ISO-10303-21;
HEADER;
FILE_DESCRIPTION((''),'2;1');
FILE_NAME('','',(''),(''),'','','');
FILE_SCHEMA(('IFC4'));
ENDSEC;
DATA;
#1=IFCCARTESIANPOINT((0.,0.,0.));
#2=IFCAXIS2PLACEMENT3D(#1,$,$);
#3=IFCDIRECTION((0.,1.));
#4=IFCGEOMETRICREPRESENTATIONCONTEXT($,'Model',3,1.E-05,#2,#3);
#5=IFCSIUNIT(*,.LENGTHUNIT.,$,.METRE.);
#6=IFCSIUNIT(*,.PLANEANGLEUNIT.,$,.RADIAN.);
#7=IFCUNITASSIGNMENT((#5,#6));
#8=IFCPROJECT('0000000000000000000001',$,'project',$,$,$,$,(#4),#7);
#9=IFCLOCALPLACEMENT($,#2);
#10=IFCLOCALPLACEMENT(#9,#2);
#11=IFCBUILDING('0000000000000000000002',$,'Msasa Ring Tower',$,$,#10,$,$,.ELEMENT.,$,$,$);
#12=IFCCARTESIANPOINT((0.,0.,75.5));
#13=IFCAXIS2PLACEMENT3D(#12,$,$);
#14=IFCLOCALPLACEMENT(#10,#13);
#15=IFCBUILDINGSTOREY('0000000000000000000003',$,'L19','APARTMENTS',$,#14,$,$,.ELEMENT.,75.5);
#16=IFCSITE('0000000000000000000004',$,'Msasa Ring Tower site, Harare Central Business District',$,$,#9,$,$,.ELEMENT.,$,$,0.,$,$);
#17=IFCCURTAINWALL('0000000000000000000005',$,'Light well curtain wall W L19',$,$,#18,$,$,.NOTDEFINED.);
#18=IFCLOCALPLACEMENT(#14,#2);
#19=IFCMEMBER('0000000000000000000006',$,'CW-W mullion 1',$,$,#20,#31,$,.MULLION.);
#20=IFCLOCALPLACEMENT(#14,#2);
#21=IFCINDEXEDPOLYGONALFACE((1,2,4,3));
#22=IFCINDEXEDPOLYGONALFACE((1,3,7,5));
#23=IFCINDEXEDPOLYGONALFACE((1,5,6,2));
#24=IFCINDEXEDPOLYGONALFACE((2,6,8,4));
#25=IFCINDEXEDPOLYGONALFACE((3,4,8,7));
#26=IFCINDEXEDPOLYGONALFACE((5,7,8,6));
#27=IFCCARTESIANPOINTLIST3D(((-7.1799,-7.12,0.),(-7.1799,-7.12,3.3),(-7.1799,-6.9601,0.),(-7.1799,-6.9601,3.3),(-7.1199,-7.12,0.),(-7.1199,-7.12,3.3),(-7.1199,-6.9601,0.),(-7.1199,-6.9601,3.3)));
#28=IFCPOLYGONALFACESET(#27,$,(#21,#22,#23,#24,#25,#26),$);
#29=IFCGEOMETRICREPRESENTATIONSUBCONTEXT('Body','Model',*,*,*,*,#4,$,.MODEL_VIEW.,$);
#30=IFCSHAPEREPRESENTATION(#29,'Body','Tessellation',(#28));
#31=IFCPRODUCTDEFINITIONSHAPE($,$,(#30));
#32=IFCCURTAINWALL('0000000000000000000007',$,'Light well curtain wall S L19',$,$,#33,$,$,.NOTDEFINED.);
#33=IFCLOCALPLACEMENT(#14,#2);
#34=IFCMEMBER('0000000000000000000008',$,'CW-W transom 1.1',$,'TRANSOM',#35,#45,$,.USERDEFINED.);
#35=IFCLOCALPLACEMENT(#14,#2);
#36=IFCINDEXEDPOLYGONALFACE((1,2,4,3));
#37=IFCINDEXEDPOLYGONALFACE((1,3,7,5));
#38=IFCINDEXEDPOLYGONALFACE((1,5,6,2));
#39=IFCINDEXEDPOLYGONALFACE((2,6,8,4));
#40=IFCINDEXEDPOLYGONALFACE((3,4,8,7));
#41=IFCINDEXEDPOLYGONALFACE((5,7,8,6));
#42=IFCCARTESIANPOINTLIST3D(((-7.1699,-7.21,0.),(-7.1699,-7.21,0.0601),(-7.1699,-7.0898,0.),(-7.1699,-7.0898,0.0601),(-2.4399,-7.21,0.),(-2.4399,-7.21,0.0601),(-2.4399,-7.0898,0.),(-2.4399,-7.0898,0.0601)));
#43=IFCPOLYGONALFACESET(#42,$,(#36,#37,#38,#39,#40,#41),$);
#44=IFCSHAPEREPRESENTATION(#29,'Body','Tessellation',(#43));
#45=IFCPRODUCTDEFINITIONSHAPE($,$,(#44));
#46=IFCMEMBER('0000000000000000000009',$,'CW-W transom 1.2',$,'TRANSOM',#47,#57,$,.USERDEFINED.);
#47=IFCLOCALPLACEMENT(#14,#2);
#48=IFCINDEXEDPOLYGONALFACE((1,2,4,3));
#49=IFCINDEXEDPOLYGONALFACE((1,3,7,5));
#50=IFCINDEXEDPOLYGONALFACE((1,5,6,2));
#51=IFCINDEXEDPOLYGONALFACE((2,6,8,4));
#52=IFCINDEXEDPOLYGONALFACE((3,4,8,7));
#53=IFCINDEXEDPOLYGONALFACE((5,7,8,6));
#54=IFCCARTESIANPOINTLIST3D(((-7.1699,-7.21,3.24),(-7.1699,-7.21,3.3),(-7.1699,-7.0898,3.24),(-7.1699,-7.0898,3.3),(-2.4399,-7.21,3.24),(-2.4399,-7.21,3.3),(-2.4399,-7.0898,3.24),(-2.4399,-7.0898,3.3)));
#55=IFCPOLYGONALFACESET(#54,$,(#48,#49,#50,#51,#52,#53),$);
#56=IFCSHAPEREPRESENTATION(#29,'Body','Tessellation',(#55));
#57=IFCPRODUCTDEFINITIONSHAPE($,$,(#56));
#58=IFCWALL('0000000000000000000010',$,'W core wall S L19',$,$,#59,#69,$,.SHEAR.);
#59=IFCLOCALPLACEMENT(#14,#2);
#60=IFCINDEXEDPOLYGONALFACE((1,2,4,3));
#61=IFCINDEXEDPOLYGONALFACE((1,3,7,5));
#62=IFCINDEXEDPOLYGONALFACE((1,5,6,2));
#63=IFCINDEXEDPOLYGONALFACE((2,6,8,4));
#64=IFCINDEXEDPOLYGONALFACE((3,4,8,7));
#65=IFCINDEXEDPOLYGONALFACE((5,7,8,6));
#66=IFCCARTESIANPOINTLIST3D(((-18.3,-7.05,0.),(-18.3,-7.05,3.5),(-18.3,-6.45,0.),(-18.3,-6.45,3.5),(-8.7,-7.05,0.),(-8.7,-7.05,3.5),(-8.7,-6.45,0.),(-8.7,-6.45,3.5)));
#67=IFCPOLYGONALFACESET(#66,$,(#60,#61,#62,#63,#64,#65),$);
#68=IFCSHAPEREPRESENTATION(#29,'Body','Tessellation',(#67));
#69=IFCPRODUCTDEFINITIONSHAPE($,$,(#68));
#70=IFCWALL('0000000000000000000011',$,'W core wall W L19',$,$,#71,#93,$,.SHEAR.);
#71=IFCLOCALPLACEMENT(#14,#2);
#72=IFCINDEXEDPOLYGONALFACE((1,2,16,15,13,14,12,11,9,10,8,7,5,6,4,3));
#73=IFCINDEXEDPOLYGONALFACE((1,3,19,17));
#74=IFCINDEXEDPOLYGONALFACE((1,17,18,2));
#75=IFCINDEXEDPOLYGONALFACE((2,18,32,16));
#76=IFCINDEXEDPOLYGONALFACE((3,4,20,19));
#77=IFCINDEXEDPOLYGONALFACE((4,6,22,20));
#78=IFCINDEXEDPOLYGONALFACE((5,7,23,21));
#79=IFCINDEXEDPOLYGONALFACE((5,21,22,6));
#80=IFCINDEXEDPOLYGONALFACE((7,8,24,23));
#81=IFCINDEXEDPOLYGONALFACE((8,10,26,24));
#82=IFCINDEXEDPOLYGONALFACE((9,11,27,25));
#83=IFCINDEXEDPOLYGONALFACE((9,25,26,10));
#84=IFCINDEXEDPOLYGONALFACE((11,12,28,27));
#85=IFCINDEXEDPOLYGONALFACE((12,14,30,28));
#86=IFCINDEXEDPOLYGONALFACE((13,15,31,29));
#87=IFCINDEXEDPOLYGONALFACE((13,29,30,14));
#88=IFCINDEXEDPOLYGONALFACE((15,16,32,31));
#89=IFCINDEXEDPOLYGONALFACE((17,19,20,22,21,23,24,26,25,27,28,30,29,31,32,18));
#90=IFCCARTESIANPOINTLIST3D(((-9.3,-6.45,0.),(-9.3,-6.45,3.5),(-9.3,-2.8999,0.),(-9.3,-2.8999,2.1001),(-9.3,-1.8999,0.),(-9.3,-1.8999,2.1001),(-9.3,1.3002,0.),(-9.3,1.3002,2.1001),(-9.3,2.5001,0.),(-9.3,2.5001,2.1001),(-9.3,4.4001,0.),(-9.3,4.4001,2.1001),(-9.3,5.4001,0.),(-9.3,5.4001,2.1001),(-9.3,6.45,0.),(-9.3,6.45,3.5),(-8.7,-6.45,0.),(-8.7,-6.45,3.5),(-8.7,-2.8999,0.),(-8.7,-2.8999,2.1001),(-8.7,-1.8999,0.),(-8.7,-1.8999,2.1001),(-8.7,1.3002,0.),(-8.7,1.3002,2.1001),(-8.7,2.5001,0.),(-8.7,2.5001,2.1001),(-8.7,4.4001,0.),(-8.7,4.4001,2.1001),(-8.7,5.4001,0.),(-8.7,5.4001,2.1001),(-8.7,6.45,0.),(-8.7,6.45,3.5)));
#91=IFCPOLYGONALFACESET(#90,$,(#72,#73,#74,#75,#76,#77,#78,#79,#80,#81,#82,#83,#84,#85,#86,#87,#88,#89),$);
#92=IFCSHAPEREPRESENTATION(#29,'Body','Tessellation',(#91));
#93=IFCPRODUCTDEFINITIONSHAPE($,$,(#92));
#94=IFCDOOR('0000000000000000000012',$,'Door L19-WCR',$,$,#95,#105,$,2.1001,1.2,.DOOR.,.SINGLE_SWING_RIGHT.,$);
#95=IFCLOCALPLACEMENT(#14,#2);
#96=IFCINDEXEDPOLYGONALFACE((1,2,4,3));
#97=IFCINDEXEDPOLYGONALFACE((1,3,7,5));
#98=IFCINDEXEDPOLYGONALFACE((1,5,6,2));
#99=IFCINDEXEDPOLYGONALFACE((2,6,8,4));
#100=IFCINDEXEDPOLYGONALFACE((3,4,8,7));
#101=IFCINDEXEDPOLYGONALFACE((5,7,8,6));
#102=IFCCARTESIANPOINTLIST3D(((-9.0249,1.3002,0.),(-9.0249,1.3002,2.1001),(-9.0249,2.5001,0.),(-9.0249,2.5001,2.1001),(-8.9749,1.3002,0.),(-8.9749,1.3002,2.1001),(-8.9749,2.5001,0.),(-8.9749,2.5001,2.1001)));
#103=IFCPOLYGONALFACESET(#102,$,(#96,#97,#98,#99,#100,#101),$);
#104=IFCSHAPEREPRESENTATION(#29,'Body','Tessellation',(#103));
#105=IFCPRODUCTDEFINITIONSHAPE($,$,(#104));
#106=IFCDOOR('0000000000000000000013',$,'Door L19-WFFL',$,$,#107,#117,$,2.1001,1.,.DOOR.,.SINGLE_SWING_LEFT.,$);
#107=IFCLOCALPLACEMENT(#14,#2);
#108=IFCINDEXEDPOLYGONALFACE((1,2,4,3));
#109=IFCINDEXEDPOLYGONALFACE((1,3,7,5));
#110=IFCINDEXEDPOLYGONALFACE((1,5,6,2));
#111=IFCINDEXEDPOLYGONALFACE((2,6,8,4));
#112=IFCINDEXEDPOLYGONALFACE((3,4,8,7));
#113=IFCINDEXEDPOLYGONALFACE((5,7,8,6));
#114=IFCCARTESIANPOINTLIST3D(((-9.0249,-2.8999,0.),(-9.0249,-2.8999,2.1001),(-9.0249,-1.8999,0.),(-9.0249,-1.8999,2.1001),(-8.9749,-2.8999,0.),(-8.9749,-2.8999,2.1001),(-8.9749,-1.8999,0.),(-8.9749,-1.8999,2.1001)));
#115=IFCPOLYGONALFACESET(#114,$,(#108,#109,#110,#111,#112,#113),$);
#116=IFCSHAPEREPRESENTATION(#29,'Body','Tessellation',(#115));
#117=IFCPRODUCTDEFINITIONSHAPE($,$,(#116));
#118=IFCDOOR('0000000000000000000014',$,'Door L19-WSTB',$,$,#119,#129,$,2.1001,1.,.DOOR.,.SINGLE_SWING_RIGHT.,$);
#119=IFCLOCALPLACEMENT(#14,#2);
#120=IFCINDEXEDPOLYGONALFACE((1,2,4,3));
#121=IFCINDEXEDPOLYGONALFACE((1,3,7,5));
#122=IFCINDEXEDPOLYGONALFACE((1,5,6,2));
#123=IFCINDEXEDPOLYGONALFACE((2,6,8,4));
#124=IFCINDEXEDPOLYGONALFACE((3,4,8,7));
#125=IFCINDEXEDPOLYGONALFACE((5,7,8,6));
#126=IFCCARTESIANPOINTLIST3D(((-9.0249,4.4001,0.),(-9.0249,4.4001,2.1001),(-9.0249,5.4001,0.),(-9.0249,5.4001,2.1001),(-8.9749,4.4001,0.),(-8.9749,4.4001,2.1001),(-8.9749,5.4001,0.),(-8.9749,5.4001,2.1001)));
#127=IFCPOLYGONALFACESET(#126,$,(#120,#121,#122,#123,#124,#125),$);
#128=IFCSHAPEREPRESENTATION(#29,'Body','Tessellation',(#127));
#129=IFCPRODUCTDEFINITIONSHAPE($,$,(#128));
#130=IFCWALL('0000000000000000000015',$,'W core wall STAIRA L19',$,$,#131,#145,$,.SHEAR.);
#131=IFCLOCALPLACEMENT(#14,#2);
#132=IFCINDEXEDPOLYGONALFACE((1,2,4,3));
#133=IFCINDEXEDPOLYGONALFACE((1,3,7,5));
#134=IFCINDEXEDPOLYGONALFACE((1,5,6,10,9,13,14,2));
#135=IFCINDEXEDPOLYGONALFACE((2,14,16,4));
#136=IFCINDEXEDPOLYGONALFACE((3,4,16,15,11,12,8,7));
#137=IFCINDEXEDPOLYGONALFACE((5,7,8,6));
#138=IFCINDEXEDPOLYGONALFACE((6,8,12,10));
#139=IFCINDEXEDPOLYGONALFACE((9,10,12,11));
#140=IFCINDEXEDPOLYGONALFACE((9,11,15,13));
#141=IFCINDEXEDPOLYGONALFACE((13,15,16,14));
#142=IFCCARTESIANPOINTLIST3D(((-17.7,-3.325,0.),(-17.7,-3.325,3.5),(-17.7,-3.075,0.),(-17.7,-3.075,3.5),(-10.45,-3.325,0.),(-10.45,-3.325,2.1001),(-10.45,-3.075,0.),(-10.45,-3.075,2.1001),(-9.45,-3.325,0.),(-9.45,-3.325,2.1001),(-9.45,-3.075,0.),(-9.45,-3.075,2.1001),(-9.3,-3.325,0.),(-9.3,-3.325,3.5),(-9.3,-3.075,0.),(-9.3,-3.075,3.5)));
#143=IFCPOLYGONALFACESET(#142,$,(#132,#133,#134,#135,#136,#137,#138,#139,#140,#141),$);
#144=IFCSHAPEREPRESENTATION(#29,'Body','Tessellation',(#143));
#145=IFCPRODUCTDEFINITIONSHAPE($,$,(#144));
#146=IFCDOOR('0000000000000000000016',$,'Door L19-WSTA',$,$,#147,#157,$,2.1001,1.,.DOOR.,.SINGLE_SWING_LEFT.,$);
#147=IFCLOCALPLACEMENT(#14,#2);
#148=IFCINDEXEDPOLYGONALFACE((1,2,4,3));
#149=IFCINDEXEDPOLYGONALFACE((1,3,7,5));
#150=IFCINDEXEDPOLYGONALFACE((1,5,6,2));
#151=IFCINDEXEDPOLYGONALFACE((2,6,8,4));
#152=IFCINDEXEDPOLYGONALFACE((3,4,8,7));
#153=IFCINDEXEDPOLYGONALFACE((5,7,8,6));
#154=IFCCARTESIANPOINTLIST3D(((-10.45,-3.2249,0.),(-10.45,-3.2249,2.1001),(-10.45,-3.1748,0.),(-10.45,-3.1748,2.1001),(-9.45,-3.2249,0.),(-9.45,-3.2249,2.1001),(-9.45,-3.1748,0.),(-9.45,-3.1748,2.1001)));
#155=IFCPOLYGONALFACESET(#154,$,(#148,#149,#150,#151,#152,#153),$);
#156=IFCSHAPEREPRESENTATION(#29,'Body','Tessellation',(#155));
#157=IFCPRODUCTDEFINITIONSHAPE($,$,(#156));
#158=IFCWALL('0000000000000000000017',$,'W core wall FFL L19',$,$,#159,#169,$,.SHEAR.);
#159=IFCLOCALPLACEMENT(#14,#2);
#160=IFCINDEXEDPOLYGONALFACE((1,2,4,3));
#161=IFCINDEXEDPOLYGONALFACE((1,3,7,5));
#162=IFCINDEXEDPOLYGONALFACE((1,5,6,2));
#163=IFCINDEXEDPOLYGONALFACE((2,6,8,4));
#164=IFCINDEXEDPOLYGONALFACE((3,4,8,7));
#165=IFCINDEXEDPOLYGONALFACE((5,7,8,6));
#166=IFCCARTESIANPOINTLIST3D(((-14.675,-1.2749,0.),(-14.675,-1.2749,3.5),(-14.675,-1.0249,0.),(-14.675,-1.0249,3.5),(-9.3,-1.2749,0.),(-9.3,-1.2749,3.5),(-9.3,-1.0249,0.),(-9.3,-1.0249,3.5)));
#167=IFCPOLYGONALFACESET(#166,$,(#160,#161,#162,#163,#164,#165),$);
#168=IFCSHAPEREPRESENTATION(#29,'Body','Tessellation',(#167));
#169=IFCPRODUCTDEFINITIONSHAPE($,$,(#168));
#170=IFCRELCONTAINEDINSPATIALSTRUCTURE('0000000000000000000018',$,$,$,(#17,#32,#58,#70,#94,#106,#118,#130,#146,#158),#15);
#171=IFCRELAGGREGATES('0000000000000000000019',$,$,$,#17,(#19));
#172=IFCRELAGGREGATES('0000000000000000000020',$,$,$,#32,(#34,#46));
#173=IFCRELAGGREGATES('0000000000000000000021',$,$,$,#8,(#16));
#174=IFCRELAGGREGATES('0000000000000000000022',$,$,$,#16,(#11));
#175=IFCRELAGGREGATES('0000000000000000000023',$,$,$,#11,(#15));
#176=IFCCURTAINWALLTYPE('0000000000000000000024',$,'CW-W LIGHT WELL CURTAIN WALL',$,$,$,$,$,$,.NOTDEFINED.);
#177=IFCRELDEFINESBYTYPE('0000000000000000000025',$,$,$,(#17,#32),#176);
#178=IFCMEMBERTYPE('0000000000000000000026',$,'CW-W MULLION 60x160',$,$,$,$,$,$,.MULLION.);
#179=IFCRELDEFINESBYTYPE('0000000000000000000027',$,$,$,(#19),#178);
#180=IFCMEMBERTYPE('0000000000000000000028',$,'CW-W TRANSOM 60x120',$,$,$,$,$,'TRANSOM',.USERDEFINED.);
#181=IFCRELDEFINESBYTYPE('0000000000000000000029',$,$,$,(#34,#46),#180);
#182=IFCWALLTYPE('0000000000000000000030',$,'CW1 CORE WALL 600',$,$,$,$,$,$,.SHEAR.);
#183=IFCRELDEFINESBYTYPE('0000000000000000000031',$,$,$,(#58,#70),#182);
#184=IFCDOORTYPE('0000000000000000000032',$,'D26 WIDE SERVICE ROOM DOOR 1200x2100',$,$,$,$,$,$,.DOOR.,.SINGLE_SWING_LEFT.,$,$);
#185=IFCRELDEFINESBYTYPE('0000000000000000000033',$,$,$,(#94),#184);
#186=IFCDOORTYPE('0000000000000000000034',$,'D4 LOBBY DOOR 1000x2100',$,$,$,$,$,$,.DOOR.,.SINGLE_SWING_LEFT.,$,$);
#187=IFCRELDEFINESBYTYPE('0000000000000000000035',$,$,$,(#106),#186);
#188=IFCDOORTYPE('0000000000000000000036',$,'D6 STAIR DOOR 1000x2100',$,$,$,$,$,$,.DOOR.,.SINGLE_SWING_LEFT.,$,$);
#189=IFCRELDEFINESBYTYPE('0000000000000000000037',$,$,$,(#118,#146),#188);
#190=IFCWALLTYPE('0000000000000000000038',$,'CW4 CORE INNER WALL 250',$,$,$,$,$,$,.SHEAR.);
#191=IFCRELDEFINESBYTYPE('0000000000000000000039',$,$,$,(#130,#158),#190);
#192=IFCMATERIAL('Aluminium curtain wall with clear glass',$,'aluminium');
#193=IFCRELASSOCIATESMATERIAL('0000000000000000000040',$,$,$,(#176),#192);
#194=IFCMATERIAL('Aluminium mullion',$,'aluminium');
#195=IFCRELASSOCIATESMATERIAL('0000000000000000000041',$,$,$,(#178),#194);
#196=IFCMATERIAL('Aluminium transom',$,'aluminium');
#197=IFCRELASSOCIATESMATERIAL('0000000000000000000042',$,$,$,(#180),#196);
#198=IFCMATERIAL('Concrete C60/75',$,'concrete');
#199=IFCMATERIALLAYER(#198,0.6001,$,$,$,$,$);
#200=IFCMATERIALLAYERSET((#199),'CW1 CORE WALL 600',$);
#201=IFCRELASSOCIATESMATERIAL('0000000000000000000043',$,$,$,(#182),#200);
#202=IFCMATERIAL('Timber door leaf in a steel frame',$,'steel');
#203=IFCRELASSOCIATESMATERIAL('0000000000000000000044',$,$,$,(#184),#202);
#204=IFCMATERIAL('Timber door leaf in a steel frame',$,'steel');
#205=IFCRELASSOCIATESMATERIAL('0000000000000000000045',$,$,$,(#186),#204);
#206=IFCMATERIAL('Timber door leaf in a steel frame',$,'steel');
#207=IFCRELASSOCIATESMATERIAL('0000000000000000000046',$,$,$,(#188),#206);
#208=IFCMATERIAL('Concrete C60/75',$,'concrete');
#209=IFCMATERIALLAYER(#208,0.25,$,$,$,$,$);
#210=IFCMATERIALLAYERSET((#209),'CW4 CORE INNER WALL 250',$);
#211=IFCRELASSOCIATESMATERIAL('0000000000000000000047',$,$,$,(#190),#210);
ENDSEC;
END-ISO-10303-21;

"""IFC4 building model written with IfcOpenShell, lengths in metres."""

from ifc_helpers import new_model, si_unit, direction, frame, frame_2d, origin, origin_2d, place, context, subcontext, project, spatial, rectangle, extrude, material, layer, layer_set, material_profile, profile_set, type_object, element, fill, aggregate, save


model = new_model("IFC4")

# Units and contexts
model_context = context("Model", 3, precision=1e-05, world=origin(), true_north=direction((0.0, 1.0)))
body_context = subcontext(model_context, "Body", "Model", "MODEL_VIEW")
ifc_project = project(units=[si_unit("LENGTHUNIT", "METRE"), si_unit("PLANEANGLEUNIT", "RADIAN")], contexts=[model_context])

# Site, building, storey
site_placement = place(None, origin())
site = spatial("IfcSite", under=ifc_project, at=site_placement, Name="Msasa Ring Tower site, Harare Central Business District", CompositionType="ELEMENT", RefElevation=0.0)
building_placement = place(site_placement, origin())
building = spatial("IfcBuilding", under=site, at=building_placement, Name="Msasa Ring Tower", CompositionType="ELEMENT")
storey_placement = place(building_placement, frame((0.0, 0.0, 75.5)))
storey = spatial("IfcBuildingStorey", under=building, at=storey_placement, Name="L19", Description="APARTMENTS", CompositionType="ELEMENT", Elevation=75.5)

# Curtain wall, member
ifc_material_1 = material(Name="Aluminium curtain wall with clear glass", Category="aluminium")
curtain_wall_type = type_object("IfcCurtainWallType", Name="CW-W LIGHT WELL CURTAIN WALL", PredefinedType="NOTDEFINED", material=ifc_material_1)
curtain_wall_1_placement = place(storey_placement, origin())
curtain_wall_1 = element("IfcCurtainWall", 1, at=curtain_wall_1_placement, inside=storey, type_object=curtain_wall_type, Name="Light well curtain wall W L19", PredefinedType="NOTDEFINED")
ifc_material_2 = material(Name="Aluminium mullion", Category="aluminium")
ifc_material_profile_1 = material_profile(ifc_material_2, rectangle(XDim=0.0601, YDim=0.1599, at=origin_2d()), Name="AL 60x160")
ifc_profile_set_1 = profile_set([ifc_material_profile_1], Name="Aluminium mullion")
member_type_1 = type_object("IfcMemberType", Name="CW-W MULLION 60x160", PredefinedType="MULLION", material=ifc_profile_set_1)
member_1_placement = place(storey_placement, frame((-7.1499, -7.04, 0.0), z_axis=(0.0, 0.0, 1.0), x_axis=(-1.0, 0.0, 0.0)))
member_1 = element("IfcMember", 2, at=member_1_placement, type_object=member_type_1, Name="CW-W mullion 1", PredefinedType="MULLION", context=body_context, shape_type="SweptSolid", body=[
    extrude(rectangle(XDim=0.0601, YDim=0.1599, at=origin_2d()), origin(), (0.0, 0.0, 1.0), 3.3),
])
aggregate(curtain_wall_1, [member_1])

# Curtain wall, members
curtain_wall_2_placement = place(storey_placement, origin())
curtain_wall_2 = element("IfcCurtainWall", 3, at=curtain_wall_2_placement, inside=storey, type_object=curtain_wall_type, Name="Light well curtain wall S L19", PredefinedType="NOTDEFINED")
ifc_material_3 = material(Name="Aluminium transom", Category="aluminium")
ifc_material_profile_2 = material_profile(ifc_material_3, rectangle(XDim=0.1201, YDim=0.0601, at=origin_2d()), Name="AL 60x120")
ifc_profile_set_2 = profile_set([ifc_material_profile_2], Name="Aluminium transom")
member_type_2 = type_object("IfcMemberType", Name="CW-W TRANSOM 60x120", ElementType="TRANSOM", PredefinedType="USERDEFINED", material=ifc_profile_set_2)
member_2_placement = place(storey_placement, frame((-7.1699, -7.1499, 0.03), z_axis=(1.0, 0.0, 0.0), x_axis=(0.0, 1.0, 0.0)))
member_2 = element("IfcMember", 4, at=member_2_placement, type_object=member_type_2, Name="CW-W transom 1.1", ObjectType="TRANSOM", PredefinedType="USERDEFINED", context=body_context, shape_type="SweptSolid", body=[
    extrude(rectangle(XDim=0.1201, YDim=0.0601, at=origin_2d()), origin(), (0.0, 0.0, 1.0), 4.73),
])
member_3_placement = place(storey_placement, frame((-7.1699, -7.1499, 3.27), z_axis=(1.0, 0.0, 0.0), x_axis=(0.0, 1.0, 0.0)))
member_3 = element("IfcMember", 5, at=member_3_placement, type_object=member_type_2, Name="CW-W transom 1.2", ObjectType="TRANSOM", PredefinedType="USERDEFINED", context=body_context, shape_type="SweptSolid", body=[
    extrude(rectangle(XDim=0.1201, YDim=0.0601, at=origin_2d()), origin(), (0.0, 0.0, 1.0), 4.73),
])
aggregate(curtain_wall_2, [member_2, member_3])

# Wall
ifc_material_4 = material(Name="Concrete C60/75", Category="concrete")
ifc_layer_1 = layer(ifc_material_4, 0.6001)
ifc_layer_set_1 = layer_set([ifc_layer_1], Name="CW1 CORE WALL 600")
wall_type_1 = type_object("IfcWallType", Name="CW1 CORE WALL 600", PredefinedType="SHEAR", material=ifc_layer_set_1)
wall_1_placement = place(storey_placement, frame((-8.7, -6.75, 0.0), z_axis=(0.0, 0.0, 1.0), x_axis=(-1.0, 0.0, 0.0)))
element("IfcWall", 6, at=wall_1_placement, inside=storey, type_object=wall_type_1, Name="W core wall S L19", PredefinedType="SHEAR", context=body_context, shape_type="SweptSolid", body=[
    extrude(rectangle(XDim=9.6001, YDim=0.6001, at=frame_2d((4.8, 0.0))), origin(), (0.0, 0.0, 1.0), 3.5),
])

# Wall, openings, doors
wall_2_placement = place(storey_placement, frame((-9.0, -6.45, 0.0), z_axis=(0.0, 0.0, 1.0), x_axis=(0.0, 1.0, 0.0)))
wall_2 = element("IfcWall", 7, at=wall_2_placement, inside=storey, type_object=wall_type_1, Name="W core wall W L19", PredefinedType="SHEAR", context=body_context, shape_type="SweptSolid", body=[
    extrude(rectangle(XDim=12.8999, YDim=0.6001, at=frame_2d((6.45, 0.0))), origin(), (0.0, 0.0, 1.0), 3.5),
])
opening_1_placement = place(wall_2_placement, frame((3.55, 0.0, 0.0)))
opening_1 = element("IfcOpeningElement", 8, at=opening_1_placement, cuts=wall_2, PredefinedType="OPENING", context=body_context, shape_type="SweptSolid", body=[
    extrude(rectangle(XDim=1.0, YDim=2.1001, at=frame_2d((0.5, 1.05))), frame((0.0, 0.3101, 0.0), z_axis=(0.0, -1.0, 0.0), x_axis=(1.0, 0.0, 0.0)), (0.0, 0.0, 1.0), 0.6201),
])
opening_2_placement = place(wall_2_placement, frame((7.75, 0.0, 0.0)))
opening_2 = element("IfcOpeningElement", 9, at=opening_2_placement, cuts=wall_2, PredefinedType="OPENING", context=body_context, shape_type="SweptSolid", body=[
    extrude(rectangle(XDim=1.2, YDim=2.1001, at=frame_2d((0.6001, 1.05))), frame((0.0, 0.3101, 0.0), z_axis=(0.0, -1.0, 0.0), x_axis=(1.0, 0.0, 0.0)), (0.0, 0.0, 1.0), 0.6201),
])
opening_3_placement = place(wall_2_placement, frame((10.8501, 0.0, 0.0)))
opening_3 = element("IfcOpeningElement", 10, at=opening_3_placement, cuts=wall_2, PredefinedType="OPENING", context=body_context, shape_type="SweptSolid", body=[
    extrude(rectangle(XDim=1.0, YDim=2.1001, at=frame_2d((0.5, 1.05))), frame((0.0, 0.3101, 0.0), z_axis=(0.0, -1.0, 0.0), x_axis=(1.0, 0.0, 0.0)), (0.0, 0.0, 1.0), 0.6201),
])
ifc_material_5 = material(Name="Timber door leaf in a steel frame", Category="steel")
door_type_1 = type_object("IfcDoorType", Name="D26 WIDE SERVICE ROOM DOOR 1200x2100", OperationType="SINGLE_SWING_LEFT", PredefinedType="DOOR", material=ifc_material_5)
door_1_placement = place(opening_2_placement, origin())
door_1 = element("IfcDoor", 11, at=door_1_placement, inside=storey, type_object=door_type_1, Name="Door L19-WCR", OperationType="SINGLE_SWING_RIGHT", OverallHeight=2.1001, OverallWidth=1.2, PredefinedType="DOOR", context=body_context, shape_type="SweptSolid", body=[
    extrude(rectangle(XDim=1.2, YDim=2.1001, at=frame_2d((0.6001, 1.05))), frame((0.0, 0.0249, 0.0), z_axis=(0.0, -1.0, 0.0), x_axis=(1.0, 0.0, 0.0)), (0.0, 0.0, 1.0), 0.05),
])
fill(opening_2, door_1)
ifc_material_6 = material(Name="Timber door leaf in a steel frame", Category="steel")
door_type_2 = type_object("IfcDoorType", Name="D4 LOBBY DOOR 1000x2100", OperationType="SINGLE_SWING_LEFT", PredefinedType="DOOR", material=ifc_material_6)
door_2_placement = place(opening_1_placement, origin())
door_2 = element("IfcDoor", 12, at=door_2_placement, inside=storey, type_object=door_type_2, Name="Door L19-WFFL", OperationType="SINGLE_SWING_LEFT", OverallHeight=2.1001, OverallWidth=1.0, PredefinedType="DOOR", context=body_context, shape_type="SweptSolid", body=[
    extrude(rectangle(XDim=1.0, YDim=2.1001, at=frame_2d((0.5, 1.05))), frame((0.0, 0.0249, 0.0), z_axis=(0.0, -1.0, 0.0), x_axis=(1.0, 0.0, 0.0)), (0.0, 0.0, 1.0), 0.05),
])
fill(opening_1, door_2)
ifc_material_7 = material(Name="Timber door leaf in a steel frame", Category="steel")
door_type_3 = type_object("IfcDoorType", Name="D6 STAIR DOOR 1000x2100", OperationType="SINGLE_SWING_LEFT", PredefinedType="DOOR", material=ifc_material_7)
door_3_placement = place(opening_3_placement, origin())
door_3 = element("IfcDoor", 13, at=door_3_placement, inside=storey, type_object=door_type_3, Name="Door L19-WSTB", OperationType="SINGLE_SWING_RIGHT", OverallHeight=2.1001, OverallWidth=1.0, PredefinedType="DOOR", context=body_context, shape_type="SweptSolid", body=[
    extrude(rectangle(XDim=1.0, YDim=2.1001, at=frame_2d((0.5, 1.05))), frame((0.0, 0.0249, 0.0), z_axis=(0.0, -1.0, 0.0), x_axis=(1.0, 0.0, 0.0)), (0.0, 0.0, 1.0), 0.05),
])
fill(opening_3, door_3)

# Wall, opening, door
ifc_material_8 = material(Name="Concrete C60/75", Category="concrete")
ifc_layer_2 = layer(ifc_material_8, 0.25)
ifc_layer_set_2 = layer_set([ifc_layer_2], Name="CW4 CORE INNER WALL 250")
wall_type_2 = type_object("IfcWallType", Name="CW4 CORE INNER WALL 250", PredefinedType="SHEAR", material=ifc_layer_set_2)
wall_3_placement = place(storey_placement, frame((-9.3, -3.2, 0.0), z_axis=(0.0, 0.0, 1.0), x_axis=(-1.0, 0.0, 0.0)))
wall_3 = element("IfcWall", 14, at=wall_3_placement, inside=storey, type_object=wall_type_2, Name="W core wall STAIRA L19", PredefinedType="SHEAR", context=body_context, shape_type="SweptSolid", body=[
    extrude(rectangle(XDim=8.3999, YDim=0.25, at=frame_2d((4.2, 0.0))), origin(), (0.0, 0.0, 1.0), 3.5),
])
opening_4_placement = place(wall_3_placement, frame((0.1499, 0.0, 0.0)))
opening_4 = element("IfcOpeningElement", 15, at=opening_4_placement, cuts=wall_3, PredefinedType="OPENING", context=body_context, shape_type="SweptSolid", body=[
    extrude(rectangle(XDim=1.0, YDim=2.1001, at=frame_2d((0.5, 1.05))), frame((0.0, 0.135, 0.0), z_axis=(0.0, -1.0, 0.0), x_axis=(1.0, 0.0, 0.0)), (0.0, 0.0, 1.0), 0.27),
])
door_4_placement = place(opening_4_placement, origin())
door_4 = element("IfcDoor", 16, at=door_4_placement, inside=storey, type_object=door_type_3, Name="Door L19-WSTA", OperationType="SINGLE_SWING_LEFT", OverallHeight=2.1001, OverallWidth=1.0, PredefinedType="DOOR", context=body_context, shape_type="SweptSolid", body=[
    extrude(rectangle(XDim=1.0, YDim=2.1001, at=frame_2d((0.5, 1.05))), frame((0.0, 0.0249, 0.0), z_axis=(0.0, -1.0, 0.0), x_axis=(1.0, 0.0, 0.0)), (0.0, 0.0, 1.0), 0.05),
])
fill(opening_4, door_4)

# Wall
wall_4_placement = place(storey_placement, frame((-9.3, -1.1499, 0.0), z_axis=(0.0, 0.0, 1.0), x_axis=(-1.0, 0.0, 0.0)))
element("IfcWall", 17, at=wall_4_placement, inside=storey, type_object=wall_type_2, Name="W core wall FFL L19", PredefinedType="SHEAR", context=body_context, shape_type="SweptSolid", body=[
    extrude(rectangle(XDim=5.375, YDim=0.25, at=frame_2d((2.6875, 0.0))), origin(), (0.0, 0.0, 1.0), 3.5),
])

save(model, "model.ifc")
